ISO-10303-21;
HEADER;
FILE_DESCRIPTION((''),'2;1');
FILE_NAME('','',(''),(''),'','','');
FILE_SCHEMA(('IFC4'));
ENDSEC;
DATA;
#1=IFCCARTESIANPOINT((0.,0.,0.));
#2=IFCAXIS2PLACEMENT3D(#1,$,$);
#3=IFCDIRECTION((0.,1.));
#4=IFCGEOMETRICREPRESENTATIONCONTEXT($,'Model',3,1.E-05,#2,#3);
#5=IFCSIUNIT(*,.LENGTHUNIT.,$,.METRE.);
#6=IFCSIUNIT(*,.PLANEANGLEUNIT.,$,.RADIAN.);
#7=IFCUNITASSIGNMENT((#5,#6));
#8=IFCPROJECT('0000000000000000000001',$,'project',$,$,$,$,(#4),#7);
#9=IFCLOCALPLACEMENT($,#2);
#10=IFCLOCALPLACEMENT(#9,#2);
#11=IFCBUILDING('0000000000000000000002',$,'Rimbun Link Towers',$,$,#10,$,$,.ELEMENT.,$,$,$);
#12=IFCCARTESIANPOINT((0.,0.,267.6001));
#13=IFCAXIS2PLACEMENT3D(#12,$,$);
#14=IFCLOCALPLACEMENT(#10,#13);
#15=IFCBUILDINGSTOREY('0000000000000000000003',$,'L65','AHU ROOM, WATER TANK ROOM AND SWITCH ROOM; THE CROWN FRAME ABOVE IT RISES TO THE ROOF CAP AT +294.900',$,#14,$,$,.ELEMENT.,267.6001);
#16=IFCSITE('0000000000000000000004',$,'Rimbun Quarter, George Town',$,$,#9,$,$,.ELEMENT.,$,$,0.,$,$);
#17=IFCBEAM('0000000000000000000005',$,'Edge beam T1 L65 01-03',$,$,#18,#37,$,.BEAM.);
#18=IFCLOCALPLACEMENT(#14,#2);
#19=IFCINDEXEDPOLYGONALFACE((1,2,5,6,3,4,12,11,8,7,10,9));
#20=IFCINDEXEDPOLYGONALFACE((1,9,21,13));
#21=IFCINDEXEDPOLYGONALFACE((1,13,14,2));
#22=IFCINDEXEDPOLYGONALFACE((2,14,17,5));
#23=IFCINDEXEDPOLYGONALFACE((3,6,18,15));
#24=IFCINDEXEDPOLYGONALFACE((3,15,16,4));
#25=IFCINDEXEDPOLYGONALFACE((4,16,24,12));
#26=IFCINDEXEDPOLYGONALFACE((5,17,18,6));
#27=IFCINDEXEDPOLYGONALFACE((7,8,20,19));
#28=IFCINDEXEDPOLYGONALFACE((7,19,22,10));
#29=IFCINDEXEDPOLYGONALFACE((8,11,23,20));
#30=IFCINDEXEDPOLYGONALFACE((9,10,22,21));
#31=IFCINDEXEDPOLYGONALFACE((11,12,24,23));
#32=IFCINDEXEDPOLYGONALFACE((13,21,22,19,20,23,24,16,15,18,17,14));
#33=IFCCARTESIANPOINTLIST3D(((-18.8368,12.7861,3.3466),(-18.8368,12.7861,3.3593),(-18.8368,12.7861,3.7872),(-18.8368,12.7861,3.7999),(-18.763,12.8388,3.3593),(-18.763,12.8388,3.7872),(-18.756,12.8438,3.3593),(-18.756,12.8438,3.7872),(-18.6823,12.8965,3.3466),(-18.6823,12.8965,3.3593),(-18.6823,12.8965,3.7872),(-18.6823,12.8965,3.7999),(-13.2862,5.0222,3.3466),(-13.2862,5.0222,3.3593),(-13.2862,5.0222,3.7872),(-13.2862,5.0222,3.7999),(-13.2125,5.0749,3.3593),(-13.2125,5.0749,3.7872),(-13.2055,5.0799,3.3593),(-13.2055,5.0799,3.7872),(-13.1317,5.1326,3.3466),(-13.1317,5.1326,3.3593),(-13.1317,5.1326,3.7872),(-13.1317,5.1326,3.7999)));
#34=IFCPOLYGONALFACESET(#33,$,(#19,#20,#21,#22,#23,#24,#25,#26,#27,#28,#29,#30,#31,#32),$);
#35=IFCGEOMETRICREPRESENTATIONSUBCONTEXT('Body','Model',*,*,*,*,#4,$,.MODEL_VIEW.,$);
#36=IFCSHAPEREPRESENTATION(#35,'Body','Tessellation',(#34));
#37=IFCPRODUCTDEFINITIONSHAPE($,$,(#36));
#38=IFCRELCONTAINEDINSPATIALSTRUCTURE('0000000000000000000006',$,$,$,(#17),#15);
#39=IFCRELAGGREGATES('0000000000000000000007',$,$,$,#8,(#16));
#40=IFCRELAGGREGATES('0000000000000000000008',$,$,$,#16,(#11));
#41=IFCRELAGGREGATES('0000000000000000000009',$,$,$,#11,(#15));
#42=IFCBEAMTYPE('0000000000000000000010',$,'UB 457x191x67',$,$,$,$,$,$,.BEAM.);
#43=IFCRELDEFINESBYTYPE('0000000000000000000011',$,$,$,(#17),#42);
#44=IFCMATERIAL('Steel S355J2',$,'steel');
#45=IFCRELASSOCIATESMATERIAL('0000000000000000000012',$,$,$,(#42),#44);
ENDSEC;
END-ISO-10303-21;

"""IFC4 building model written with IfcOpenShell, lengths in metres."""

from ifc_helpers import new_model, si_unit, direction, frame, origin, origin_2d, place, context, subcontext, project, spatial, i_section, extrude, material, material_profile, profile_set, type_object, element, save


model = new_model("IFC4")

# Units and contexts
model_context = context("Model", 3, precision=1e-05, world=origin(), true_north=direction((0.0, 1.0)))
body_context = subcontext(model_context, "Body", "Model", "MODEL_VIEW")
ifc_project = project(units=[si_unit("LENGTHUNIT", "METRE"), si_unit("PLANEANGLEUNIT", "RADIAN")], contexts=[model_context])

# Site, building, storey
site_placement = place(None, origin())
site = spatial("IfcSite", under=ifc_project, at=site_placement, Name="Rimbun Quarter, George Town", CompositionType="ELEMENT", RefElevation=0.0)
building_placement = place(site_placement, origin())
building = spatial("IfcBuilding", under=site, at=building_placement, Name="Rimbun Link Towers", CompositionType="ELEMENT")
storey_placement = place(building_placement, frame((0.0, 0.0, 267.6001)))
storey = spatial("IfcBuildingStorey", under=building, at=storey_placement, Name="L65", Description="AHU ROOM, WATER TANK ROOM AND SWITCH ROOM; THE CROWN FRAME ABOVE IT RISES TO THE ROOF CAP AT +294.900", CompositionType="ELEMENT", Elevation=267.6001)

# Beam
ifc_material_1 = material(Name="Steel S355J2", Category="steel")
ifc_material_profile_1 = material_profile(ifc_material_1, i_section(OverallWidth=0.1899, OverallDepth=0.4534, WebThickness=0.0085, FlangeThickness=0.0127, at=origin_2d()), Name="UB 457x191x67")
ifc_profile_set_1 = profile_set([ifc_material_profile_1], Name="Steel S355J2")
beam_type_1 = type_object("IfcBeamType", Name="UB 457x191x67", PredefinedType="BEAM", material=ifc_profile_set_1)
beam_1_placement = place(storey_placement, frame((-13.209, 5.0774, 3.5732), z_axis=(-0.581577, 0.813491, 0.0), x_axis=(-0.813491, -0.581577, 0.0)))
element("IfcBeam", 1, at=beam_1_placement, inside=storey, type_object=beam_type_1, Name="Edge beam T1 L65 01-03", PredefinedType="BEAM", context=body_context, shape_type="SweptSolid", body=[
    extrude(i_section(OverallWidth=0.1899, OverallDepth=0.4534, WebThickness=0.0085, FlangeThickness=0.0127, at=origin_2d()), origin(), (0.0, 0.0, 1.0), 9.5439),
])

save(model, "model.ifc")
